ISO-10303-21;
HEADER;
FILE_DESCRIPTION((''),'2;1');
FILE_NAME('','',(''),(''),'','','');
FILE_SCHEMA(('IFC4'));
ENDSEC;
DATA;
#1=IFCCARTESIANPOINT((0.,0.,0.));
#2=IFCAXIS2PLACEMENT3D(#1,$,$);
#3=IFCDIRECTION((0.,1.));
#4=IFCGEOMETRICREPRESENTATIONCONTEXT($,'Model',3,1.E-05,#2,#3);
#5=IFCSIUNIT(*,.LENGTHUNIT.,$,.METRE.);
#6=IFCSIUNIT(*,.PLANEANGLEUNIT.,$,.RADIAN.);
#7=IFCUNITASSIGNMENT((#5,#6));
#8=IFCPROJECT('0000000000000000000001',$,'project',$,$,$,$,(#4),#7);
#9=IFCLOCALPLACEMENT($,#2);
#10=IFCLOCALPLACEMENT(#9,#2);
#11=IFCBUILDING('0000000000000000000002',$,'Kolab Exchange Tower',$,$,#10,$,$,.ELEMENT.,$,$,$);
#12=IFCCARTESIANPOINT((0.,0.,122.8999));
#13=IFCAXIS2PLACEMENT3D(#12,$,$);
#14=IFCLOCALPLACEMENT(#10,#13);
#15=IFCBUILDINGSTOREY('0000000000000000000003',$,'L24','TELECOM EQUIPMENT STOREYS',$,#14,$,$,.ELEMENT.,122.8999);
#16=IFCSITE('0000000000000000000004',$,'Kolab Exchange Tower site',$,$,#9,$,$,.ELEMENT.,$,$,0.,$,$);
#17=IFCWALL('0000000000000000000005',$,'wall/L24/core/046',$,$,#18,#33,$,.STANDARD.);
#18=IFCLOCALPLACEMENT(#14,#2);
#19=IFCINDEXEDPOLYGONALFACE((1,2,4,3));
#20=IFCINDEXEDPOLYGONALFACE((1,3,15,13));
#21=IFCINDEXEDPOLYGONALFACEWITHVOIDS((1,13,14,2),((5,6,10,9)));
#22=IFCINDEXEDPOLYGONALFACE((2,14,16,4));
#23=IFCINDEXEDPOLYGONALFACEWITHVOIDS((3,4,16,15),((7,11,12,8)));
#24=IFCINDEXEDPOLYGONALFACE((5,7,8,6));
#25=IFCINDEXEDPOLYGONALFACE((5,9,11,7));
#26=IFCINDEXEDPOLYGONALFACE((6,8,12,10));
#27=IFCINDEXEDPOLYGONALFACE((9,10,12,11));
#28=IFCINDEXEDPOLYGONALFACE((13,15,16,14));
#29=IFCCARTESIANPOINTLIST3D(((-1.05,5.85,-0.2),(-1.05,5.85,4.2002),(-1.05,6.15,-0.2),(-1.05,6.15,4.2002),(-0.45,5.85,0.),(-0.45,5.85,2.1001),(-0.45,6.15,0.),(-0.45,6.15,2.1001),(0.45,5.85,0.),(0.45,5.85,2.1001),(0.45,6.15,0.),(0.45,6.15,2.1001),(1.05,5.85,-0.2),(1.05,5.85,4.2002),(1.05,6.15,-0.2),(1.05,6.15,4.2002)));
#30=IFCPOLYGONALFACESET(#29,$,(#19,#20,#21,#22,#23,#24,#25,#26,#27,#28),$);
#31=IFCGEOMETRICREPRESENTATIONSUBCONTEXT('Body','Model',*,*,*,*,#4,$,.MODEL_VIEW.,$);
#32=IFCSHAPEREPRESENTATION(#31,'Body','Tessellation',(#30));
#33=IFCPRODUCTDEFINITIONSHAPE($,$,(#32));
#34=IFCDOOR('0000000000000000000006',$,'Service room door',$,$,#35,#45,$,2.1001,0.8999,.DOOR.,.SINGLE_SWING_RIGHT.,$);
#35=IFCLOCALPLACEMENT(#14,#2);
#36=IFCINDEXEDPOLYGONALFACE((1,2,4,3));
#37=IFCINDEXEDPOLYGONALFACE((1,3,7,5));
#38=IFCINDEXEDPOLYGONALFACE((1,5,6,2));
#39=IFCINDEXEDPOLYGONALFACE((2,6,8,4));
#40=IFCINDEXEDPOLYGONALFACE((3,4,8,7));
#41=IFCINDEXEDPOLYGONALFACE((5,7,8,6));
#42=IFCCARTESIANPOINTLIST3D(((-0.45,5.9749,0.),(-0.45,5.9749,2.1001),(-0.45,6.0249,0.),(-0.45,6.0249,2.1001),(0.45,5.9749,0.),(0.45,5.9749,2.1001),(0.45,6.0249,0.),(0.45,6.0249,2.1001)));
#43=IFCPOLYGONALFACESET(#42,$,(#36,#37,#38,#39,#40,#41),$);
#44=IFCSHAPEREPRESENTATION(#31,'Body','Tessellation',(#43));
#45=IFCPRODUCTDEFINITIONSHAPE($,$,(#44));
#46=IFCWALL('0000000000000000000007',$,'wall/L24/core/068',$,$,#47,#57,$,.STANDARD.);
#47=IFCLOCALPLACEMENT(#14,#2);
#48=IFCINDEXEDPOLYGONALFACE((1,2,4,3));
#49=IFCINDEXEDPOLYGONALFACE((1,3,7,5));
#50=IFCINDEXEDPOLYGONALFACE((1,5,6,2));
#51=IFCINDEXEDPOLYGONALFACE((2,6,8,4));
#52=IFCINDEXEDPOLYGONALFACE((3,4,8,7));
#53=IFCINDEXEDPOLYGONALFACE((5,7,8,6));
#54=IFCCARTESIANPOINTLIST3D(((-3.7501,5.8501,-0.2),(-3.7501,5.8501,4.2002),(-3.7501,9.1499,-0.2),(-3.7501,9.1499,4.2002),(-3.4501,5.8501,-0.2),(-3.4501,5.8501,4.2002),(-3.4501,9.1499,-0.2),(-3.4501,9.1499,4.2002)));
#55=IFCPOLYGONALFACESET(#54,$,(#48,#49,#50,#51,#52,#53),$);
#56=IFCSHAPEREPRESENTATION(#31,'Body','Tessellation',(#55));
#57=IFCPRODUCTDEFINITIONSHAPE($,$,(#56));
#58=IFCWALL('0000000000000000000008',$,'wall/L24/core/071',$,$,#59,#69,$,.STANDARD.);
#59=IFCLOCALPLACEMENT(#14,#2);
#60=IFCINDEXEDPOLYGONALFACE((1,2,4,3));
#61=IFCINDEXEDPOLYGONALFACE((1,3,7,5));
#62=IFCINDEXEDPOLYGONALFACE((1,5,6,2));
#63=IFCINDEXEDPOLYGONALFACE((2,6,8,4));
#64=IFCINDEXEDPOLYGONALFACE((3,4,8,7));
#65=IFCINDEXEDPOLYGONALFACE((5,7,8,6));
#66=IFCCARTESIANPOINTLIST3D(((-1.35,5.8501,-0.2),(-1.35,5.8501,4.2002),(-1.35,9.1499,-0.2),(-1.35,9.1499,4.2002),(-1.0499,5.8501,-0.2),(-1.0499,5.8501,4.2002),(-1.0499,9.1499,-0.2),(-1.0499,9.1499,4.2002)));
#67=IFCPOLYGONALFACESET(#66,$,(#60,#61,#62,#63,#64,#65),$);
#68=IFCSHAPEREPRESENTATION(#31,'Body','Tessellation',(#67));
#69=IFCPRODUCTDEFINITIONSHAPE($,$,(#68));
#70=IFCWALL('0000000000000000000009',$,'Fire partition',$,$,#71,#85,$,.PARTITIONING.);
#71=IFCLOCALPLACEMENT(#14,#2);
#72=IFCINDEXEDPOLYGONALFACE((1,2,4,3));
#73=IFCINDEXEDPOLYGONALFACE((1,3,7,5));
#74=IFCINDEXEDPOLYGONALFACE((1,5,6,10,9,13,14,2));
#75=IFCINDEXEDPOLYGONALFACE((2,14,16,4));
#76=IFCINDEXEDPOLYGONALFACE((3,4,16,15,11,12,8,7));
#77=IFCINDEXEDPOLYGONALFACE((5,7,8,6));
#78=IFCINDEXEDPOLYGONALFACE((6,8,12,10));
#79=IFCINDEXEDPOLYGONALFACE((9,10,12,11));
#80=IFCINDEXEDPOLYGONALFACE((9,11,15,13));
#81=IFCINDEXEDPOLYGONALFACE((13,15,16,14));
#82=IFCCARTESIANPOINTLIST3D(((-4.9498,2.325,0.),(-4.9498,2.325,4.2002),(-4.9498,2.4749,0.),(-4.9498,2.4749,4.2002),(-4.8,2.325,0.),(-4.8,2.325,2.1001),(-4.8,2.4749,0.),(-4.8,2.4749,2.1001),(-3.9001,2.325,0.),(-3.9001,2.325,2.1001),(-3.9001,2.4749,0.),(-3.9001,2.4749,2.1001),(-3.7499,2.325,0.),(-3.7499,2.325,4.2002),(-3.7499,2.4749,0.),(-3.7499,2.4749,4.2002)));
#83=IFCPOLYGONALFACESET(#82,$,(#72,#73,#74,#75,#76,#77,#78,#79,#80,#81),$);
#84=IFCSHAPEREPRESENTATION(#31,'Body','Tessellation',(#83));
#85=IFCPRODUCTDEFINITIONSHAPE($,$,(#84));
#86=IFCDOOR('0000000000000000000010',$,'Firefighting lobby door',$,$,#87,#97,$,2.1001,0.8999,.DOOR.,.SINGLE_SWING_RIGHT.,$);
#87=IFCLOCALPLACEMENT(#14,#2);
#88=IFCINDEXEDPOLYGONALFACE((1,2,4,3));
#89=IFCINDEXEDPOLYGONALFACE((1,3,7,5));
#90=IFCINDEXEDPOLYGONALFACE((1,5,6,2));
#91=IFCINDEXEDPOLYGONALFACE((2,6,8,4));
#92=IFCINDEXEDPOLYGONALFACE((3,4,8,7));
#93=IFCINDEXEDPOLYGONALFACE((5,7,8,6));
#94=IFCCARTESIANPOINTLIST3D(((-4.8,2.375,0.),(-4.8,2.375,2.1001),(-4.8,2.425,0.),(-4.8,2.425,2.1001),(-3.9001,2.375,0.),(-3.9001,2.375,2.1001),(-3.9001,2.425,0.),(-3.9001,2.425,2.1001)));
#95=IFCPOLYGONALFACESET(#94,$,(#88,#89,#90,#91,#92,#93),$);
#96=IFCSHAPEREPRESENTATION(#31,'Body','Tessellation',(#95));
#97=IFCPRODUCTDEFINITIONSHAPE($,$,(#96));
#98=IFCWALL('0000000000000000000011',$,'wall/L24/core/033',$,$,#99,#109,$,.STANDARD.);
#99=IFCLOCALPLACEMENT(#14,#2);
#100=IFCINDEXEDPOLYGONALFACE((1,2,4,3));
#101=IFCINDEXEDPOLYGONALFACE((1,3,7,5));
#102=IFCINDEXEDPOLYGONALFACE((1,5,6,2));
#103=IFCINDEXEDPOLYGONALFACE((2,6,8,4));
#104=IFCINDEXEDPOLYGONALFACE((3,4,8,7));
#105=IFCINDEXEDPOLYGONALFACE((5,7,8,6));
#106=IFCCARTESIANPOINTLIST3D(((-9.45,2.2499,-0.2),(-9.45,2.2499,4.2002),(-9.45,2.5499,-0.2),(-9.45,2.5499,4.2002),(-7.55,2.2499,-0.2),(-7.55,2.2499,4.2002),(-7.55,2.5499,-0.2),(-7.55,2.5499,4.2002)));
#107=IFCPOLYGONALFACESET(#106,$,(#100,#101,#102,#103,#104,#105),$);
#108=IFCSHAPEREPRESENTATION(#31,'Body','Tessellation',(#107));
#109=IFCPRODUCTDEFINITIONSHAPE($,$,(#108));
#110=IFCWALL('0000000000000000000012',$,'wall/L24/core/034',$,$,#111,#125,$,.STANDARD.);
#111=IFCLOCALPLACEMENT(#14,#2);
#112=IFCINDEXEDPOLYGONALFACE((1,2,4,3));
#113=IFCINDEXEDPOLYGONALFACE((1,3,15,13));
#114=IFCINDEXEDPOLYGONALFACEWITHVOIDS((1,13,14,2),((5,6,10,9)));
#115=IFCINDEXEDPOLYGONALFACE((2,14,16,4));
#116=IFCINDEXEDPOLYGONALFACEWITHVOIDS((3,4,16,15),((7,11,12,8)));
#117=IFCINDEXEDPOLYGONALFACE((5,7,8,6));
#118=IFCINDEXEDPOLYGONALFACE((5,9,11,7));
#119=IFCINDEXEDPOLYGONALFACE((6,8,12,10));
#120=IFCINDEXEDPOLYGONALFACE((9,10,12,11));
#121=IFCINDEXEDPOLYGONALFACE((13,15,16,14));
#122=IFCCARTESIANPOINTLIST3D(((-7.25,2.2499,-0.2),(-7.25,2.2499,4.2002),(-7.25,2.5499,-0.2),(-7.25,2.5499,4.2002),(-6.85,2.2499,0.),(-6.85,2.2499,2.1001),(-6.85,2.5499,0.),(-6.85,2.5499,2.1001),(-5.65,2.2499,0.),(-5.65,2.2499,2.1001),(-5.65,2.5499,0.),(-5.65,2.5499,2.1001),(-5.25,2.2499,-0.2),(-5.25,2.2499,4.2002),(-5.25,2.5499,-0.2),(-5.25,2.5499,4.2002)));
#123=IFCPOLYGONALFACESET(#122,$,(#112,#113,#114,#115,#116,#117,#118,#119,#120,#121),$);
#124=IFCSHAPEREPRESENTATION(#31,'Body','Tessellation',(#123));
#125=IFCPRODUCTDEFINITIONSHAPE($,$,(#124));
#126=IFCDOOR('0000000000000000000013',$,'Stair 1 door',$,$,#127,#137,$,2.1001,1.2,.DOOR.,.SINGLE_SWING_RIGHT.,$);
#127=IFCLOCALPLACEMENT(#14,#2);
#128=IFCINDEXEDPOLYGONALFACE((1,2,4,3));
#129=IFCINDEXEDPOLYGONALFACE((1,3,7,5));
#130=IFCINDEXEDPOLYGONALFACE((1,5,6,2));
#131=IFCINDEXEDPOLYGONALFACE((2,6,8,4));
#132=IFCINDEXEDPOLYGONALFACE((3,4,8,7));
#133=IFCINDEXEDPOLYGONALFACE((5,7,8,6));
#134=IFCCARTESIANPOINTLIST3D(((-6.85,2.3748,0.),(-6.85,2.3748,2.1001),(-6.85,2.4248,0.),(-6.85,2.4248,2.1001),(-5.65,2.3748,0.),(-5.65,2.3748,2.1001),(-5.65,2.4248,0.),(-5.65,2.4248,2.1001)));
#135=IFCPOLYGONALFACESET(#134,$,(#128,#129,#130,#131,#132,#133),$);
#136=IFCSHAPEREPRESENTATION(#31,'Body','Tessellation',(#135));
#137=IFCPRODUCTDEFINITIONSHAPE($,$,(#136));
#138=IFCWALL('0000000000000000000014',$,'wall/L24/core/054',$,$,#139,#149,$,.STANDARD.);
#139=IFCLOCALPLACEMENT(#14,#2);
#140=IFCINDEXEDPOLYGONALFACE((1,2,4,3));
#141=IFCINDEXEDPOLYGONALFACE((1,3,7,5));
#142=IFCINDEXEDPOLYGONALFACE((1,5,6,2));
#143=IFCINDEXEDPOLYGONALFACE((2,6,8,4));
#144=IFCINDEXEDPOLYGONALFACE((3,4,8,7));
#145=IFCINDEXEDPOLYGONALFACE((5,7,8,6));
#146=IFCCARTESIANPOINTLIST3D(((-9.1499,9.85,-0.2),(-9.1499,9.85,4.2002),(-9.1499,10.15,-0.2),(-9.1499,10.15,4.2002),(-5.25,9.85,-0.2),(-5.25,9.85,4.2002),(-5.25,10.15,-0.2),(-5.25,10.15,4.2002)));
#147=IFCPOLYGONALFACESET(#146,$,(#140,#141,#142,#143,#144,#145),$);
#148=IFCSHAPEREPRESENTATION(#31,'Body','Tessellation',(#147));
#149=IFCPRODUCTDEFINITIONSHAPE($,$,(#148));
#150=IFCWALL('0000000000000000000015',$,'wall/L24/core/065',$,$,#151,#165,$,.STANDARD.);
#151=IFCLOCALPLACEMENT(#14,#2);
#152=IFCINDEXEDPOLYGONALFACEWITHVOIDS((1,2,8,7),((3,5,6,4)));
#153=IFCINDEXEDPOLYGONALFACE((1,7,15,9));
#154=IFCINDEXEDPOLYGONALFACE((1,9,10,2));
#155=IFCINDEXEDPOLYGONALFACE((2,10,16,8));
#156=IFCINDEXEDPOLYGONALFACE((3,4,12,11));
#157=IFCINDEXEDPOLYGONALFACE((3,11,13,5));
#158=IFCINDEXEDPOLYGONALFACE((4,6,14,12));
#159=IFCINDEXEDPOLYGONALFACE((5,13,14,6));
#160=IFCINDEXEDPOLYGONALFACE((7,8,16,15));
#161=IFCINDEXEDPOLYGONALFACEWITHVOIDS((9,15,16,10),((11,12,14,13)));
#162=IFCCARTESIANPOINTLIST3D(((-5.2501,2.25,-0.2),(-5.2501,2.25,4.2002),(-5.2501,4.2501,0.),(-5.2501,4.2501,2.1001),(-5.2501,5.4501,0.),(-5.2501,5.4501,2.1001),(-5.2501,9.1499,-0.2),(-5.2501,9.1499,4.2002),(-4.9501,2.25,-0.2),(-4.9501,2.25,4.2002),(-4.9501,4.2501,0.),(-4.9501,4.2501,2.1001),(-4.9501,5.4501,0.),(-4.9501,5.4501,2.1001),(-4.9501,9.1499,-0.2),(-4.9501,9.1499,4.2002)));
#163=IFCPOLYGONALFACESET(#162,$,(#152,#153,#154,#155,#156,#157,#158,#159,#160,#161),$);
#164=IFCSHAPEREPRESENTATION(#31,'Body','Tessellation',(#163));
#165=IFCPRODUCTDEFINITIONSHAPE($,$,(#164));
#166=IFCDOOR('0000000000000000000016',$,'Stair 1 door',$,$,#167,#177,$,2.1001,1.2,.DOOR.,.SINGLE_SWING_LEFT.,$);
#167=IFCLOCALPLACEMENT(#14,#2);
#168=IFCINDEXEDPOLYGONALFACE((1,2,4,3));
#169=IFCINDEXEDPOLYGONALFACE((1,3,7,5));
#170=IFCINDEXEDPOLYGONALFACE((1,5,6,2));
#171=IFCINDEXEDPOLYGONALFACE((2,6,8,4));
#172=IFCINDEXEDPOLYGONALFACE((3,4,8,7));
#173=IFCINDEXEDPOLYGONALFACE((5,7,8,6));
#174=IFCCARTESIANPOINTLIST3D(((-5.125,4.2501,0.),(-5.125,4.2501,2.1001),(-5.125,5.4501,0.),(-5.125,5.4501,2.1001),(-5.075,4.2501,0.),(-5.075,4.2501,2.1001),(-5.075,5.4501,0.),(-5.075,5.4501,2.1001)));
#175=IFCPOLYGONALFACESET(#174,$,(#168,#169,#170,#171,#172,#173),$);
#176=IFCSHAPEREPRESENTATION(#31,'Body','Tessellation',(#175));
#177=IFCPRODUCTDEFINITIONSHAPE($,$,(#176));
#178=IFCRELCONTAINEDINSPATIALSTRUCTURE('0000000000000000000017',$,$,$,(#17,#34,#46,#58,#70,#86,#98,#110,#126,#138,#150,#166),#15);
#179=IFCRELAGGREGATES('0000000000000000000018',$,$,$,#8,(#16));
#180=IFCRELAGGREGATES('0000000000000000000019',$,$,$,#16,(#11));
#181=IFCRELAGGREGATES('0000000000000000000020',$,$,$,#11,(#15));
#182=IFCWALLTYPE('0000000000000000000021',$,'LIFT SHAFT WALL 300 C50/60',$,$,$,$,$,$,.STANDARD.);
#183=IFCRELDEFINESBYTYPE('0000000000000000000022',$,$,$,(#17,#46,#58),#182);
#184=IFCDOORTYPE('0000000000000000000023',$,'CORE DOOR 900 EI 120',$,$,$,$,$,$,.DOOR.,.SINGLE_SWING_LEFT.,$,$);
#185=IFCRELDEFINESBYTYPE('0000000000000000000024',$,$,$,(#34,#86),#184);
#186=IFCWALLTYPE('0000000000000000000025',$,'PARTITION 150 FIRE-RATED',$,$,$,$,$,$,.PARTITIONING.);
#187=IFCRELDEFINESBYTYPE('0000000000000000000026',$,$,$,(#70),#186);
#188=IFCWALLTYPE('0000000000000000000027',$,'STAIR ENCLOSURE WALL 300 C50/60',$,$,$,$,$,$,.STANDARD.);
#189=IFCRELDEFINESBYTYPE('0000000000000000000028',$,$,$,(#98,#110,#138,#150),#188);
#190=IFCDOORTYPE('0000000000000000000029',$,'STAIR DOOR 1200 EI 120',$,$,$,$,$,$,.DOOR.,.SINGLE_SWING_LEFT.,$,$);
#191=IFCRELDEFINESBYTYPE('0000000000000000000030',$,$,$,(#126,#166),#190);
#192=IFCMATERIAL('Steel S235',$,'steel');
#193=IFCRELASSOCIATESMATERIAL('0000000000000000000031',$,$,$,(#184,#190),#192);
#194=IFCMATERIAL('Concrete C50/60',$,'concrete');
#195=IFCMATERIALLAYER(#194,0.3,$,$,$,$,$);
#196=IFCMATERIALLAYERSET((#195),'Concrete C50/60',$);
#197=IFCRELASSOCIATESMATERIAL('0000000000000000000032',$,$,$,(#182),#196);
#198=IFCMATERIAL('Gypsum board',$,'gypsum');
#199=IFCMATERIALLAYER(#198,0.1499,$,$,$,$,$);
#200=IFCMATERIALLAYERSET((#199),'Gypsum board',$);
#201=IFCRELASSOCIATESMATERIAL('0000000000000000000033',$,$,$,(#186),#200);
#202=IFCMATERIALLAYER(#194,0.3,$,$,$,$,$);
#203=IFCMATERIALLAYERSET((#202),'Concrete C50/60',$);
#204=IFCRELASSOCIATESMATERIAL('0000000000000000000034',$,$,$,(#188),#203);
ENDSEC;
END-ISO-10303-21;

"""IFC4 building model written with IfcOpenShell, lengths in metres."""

from ifc_helpers import new_model, si_unit, direction, frame, frame_2d, origin, place, context, subcontext, project, spatial, rectangle, extrude, material, layer, layer_set, type_object, element, fill, save


model = new_model("IFC4")

# Units and contexts
model_context = context("Model", 3, precision=1e-05, world=origin(), true_north=direction((0.0, 1.0)))
body_context = subcontext(model_context, "Body", "Model", "MODEL_VIEW")
ifc_project = project(units=[si_unit("LENGTHUNIT", "METRE"), si_unit("PLANEANGLEUNIT", "RADIAN")], contexts=[model_context])

# Site, building, storey
site_placement = place(None, origin())
site = spatial("IfcSite", under=ifc_project, at=site_placement, Name="Kolab Exchange Tower site", CompositionType="ELEMENT", RefElevation=0.0)
building_placement = place(site_placement, origin())
building = spatial("IfcBuilding", under=site, at=building_placement, Name="Kolab Exchange Tower", CompositionType="ELEMENT")
storey_placement = place(building_placement, frame((0.0, 0.0, 122.8999)))
storey = spatial("IfcBuildingStorey", under=building, at=storey_placement, Name="L24", Description="TELECOM EQUIPMENT STOREYS", CompositionType="ELEMENT", Elevation=122.8999)

# Shared definitions
ifc_material_1 = material(Name="Steel S235", Category="steel")
door_type_1 = type_object("IfcDoorType", Name="CORE DOOR 900 EI 120", OperationType="SINGLE_SWING_LEFT", PredefinedType="DOOR", material=ifc_material_1)

# Shared definitions
ifc_material_2 = material(Name="Concrete C50/60", Category="concrete")
ifc_layer_1 = layer(ifc_material_2, 0.3)
ifc_layer_set_1 = layer_set([ifc_layer_1], Name="Concrete C50/60")
wall_type_1 = type_object("IfcWallType", Name="LIFT SHAFT WALL 300 C50/60", PredefinedType="STANDARD", material=ifc_layer_set_1)

# Wall, opening, door
wall_1_placement = place(storey_placement, frame((-1.05, 6.0, -0.2), z_axis=(0.0, 0.0, 1.0), x_axis=(1.0, 0.0, 0.0)))
wall_1 = element("IfcWall", 1, at=wall_1_placement, inside=storey, type_object=wall_type_1, Name="wall/L24/core/046", PredefinedType="STANDARD", context=body_context, shape_type="SweptSolid", body=[
    extrude(rectangle(XDim=2.1001, YDim=0.3, at=frame_2d((1.05, 0.0))), origin(), (0.0, 0.0, 1.0), 4.4001),
])
opening_1_placement = place(wall_1_placement, frame((0.6001, 0.0, 0.2)))
opening_1 = element("IfcOpeningElement", 2, at=opening_1_placement, cuts=wall_1, PredefinedType="OPENING", context=body_context, shape_type="SweptSolid", body=[
    extrude(rectangle(XDim=0.8999, YDim=2.1001, at=frame_2d((0.45, 1.05))), frame((0.0, 0.1602, 0.0), z_axis=(0.0, -1.0, 0.0), x_axis=(1.0, 0.0, 0.0)), (0.0, 0.0, 1.0), 0.3201),
])
door_1_placement = place(opening_1_placement, origin())
door_1 = element("IfcDoor", 3, at=door_1_placement, inside=storey, type_object=door_type_1, Name="Service room door", OperationType="SINGLE_SWING_RIGHT", OverallHeight=2.1001, OverallWidth=0.8999, PredefinedType="DOOR", context=body_context, shape_type="SweptSolid", body=[
    extrude(rectangle(XDim=0.8999, YDim=2.1001, at=frame_2d((0.45, 1.05))), frame((0.0, 0.0249, 0.0), z_axis=(0.0, -1.0, 0.0), x_axis=(1.0, 0.0, 0.0)), (0.0, 0.0, 1.0), 0.05),
])
fill(opening_1, door_1)

# Walls
for number, where, z_axis, x_axis, name in (
    (4, (-3.6001, 5.8501, -0.2), (0.0, 0.0, 1.0), (0.0, 1.0, 0.0), "wall/L24/core/068"),
    (5, (-1.2, 5.8501, -0.2), (0.0, 0.0, 1.0), (0.0, 1.0, 0.0), "wall/L24/core/071"),
):
    element("IfcWall", number, at=place(storey_placement, frame(where, z_axis=z_axis, x_axis=x_axis)), inside=storey, type_object=wall_type_1, Name=name, PredefinedType="STANDARD", context=body_context, shape_type="SweptSolid", body=[
        extrude(rectangle(XDim=3.2998, YDim=0.3, at=frame_2d((1.6499, 0.0))), origin(), (0.0, 0.0, 1.0), 4.4001),
    ])

# Wall, opening, door
ifc_material_3 = material(Name="Gypsum board", Category="gypsum")
ifc_layer_2 = layer(ifc_material_3, 0.1499)
ifc_layer_set_2 = layer_set([ifc_layer_2], Name="Gypsum board")
wall_type_2 = type_object("IfcWallType", Name="PARTITION 150 FIRE-RATED", PredefinedType="PARTITIONING", material=ifc_layer_set_2)
wall_2_placement = place(storey_placement, frame((-4.95, 2.3999, 0.0), z_axis=(0.0, 0.0, 1.0), x_axis=(1.0, 0.0, 0.0)))
wall_2 = element("IfcWall", 6, at=wall_2_placement, inside=storey, type_object=wall_type_2, Name="Fire partition", PredefinedType="PARTITIONING", context=body_context, shape_type="SweptSolid", body=[
    extrude(rectangle(XDim=1.2, YDim=0.1499, at=frame_2d((0.6001, 0.0))), origin(), (0.0, 0.0, 1.0), 4.2002),
])
opening_2_placement = place(wall_2_placement, frame((0.1499, 0.0, 0.0)))
opening_2 = element("IfcOpeningElement", 7, at=opening_2_placement, cuts=wall_2, PredefinedType="OPENING", context=body_context, shape_type="SweptSolid", body=[
    extrude(rectangle(XDim=0.8999, YDim=2.1001, at=frame_2d((0.45, 1.05))), frame((0.0, 0.085, 0.0), z_axis=(0.0, -1.0, 0.0), x_axis=(1.0, 0.0, 0.0)), (0.0, 0.0, 1.0), 0.1699),
])
door_2_placement = place(opening_2_placement, frame((0.8999, 0.0, 0.0), z_axis=(0.0, 0.0, 1.0), x_axis=(-1.0, 0.0, 0.0)))
door_2 = element("IfcDoor", 8, at=door_2_placement, inside=storey, type_object=door_type_1, Name="Firefighting lobby door", OperationType="SINGLE_SWING_RIGHT", OverallHeight=2.1001, OverallWidth=0.8999, PredefinedType="DOOR", context=body_context, shape_type="SweptSolid", body=[
    extrude(rectangle(XDim=0.8999, YDim=2.1001, at=frame_2d((0.45, 1.05))), frame((0.0, 0.0249, 0.0), z_axis=(0.0, -1.0, 0.0), x_axis=(1.0, 0.0, 0.0)), (0.0, 0.0, 1.0), 0.05),
])
fill(opening_2, door_2)

# Wall
ifc_layer_3 = layer(ifc_material_2, 0.3)
ifc_layer_set_3 = layer_set([ifc_layer_3], Name="Concrete C50/60")
wall_type_3 = type_object("IfcWallType", Name="STAIR ENCLOSURE WALL 300 C50/60", PredefinedType="STANDARD", material=ifc_layer_set_3)
wall_3_placement = place(storey_placement, frame((-9.45, 2.3999, -0.2), z_axis=(0.0, 0.0, 1.0), x_axis=(1.0, 0.0, 0.0)))
element("IfcWall", 9, at=wall_3_placement, inside=storey, type_object=wall_type_3, Name="wall/L24/core/033", PredefinedType="STANDARD", context=body_context, shape_type="SweptSolid", body=[
    extrude(rectangle(XDim=1.8999, YDim=0.3, at=frame_2d((0.95, 0.0))), origin(), (0.0, 0.0, 1.0), 4.4001),
])

# Wall, opening, door
wall_4_placement = place(storey_placement, frame((-7.25, 2.3999, -0.2), z_axis=(0.0, 0.0, 1.0), x_axis=(1.0, 0.0, 0.0)))
wall_4 = element("IfcWall", 10, at=wall_4_placement, inside=storey, type_object=wall_type_3, Name="wall/L24/core/034", PredefinedType="STANDARD", context=body_context, shape_type="SweptSolid", body=[
    extrude(rectangle(XDim=2.0, YDim=0.3, at=frame_2d((1.0, 0.0))), origin(), (0.0, 0.0, 1.0), 4.4001),
])
opening_3_placement = place(wall_4_placement, frame((0.3999, 0.0, 0.2)))
opening_3 = element("IfcOpeningElement", 11, at=opening_3_placement, cuts=wall_4, PredefinedType="OPENING", context=body_context, shape_type="SweptSolid", body=[
    extrude(rectangle(XDim=1.2, YDim=2.1001, at=frame_2d((0.6001, 1.05))), frame((0.0, 0.1602, 0.0), z_axis=(0.0, -1.0, 0.0), x_axis=(1.0, 0.0, 0.0)), (0.0, 0.0, 1.0), 0.3201),
])
door_type_2 = type_object("IfcDoorType", Name="STAIR DOOR 1200 EI 120", OperationType="SINGLE_SWING_LEFT", PredefinedType="DOOR", material=ifc_material_1)
door_3_placement = place(opening_3_placement, origin())
door_3 = element("IfcDoor", 12, at=door_3_placement, inside=storey, type_object=door_type_2, Name="Stair 1 door", OperationType="SINGLE_SWING_RIGHT", OverallHeight=2.1001, OverallWidth=1.2, PredefinedType="DOOR", context=body_context, shape_type="SweptSolid", body=[
    extrude(rectangle(XDim=1.2, YDim=2.1001, at=frame_2d((0.6001, 1.05))), frame((0.0, 0.0249, 0.0), z_axis=(0.0, -1.0, 0.0), x_axis=(1.0, 0.0, 0.0)), (0.0, 0.0, 1.0), 0.05),
])
fill(opening_3, door_3)

# Wall
wall_5_placement = place(storey_placement, frame((-9.1499, 10.0, -0.2), z_axis=(0.0, 0.0, 1.0), x_axis=(1.0, 0.0, 0.0)))
element("IfcWall", 13, at=wall_5_placement, inside=storey, type_object=wall_type_3, Name="wall/L24/core/054", PredefinedType="STANDARD", context=body_context, shape_type="SweptSolid", body=[
    extrude(rectangle(XDim=3.8999, YDim=0.3, at=frame_2d((1.95, 0.0))), origin(), (0.0, 0.0, 1.0), 4.4001),
])

# Wall, opening, door
wall_6_placement = place(storey_placement, frame((-5.1001, 2.25, -0.2), z_axis=(0.0, 0.0, 1.0), x_axis=(0.0, 1.0, 0.0)))
wall_6 = element("IfcWall", 14, at=wall_6_placement, inside=storey, type_object=wall_type_3, Name="wall/L24/core/065", PredefinedType="STANDARD", context=body_context, shape_type="SweptSolid", body=[
    extrude(rectangle(XDim=6.8999, YDim=0.3, at=frame_2d((3.45, 0.0))), origin(), (0.0, 0.0, 1.0), 4.4001),
])
opening_4_placement = place(wall_6_placement, frame((2.0, 0.0, 0.2)))
opening_4 = element("IfcOpeningElement", 15, at=opening_4_placement, cuts=wall_6, PredefinedType="OPENING", context=body_context, shape_type="SweptSolid", body=[
    extrude(rectangle(XDim=1.2, YDim=2.1001, at=frame_2d((0.6001, 1.05))), frame((0.0, 0.1602, 0.0), z_axis=(0.0, -1.0, 0.0), x_axis=(1.0, 0.0, 0.0)), (0.0, 0.0, 1.0), 0.3201),
])
door_4_placement = place(opening_4_placement, origin())
door_4 = element("IfcDoor", 16, at=door_4_placement, inside=storey, type_object=door_type_2, Name="Stair 1 door", OperationType="SINGLE_SWING_LEFT", OverallHeight=2.1001, OverallWidth=1.2, PredefinedType="DOOR", context=body_context, shape_type="SweptSolid", body=[
    extrude(rectangle(XDim=1.2, YDim=2.1001, at=frame_2d((0.6001, 1.05))), frame((0.0, 0.0249, 0.0), z_axis=(0.0, -1.0, 0.0), x_axis=(1.0, 0.0, 0.0)), (0.0, 0.0, 1.0), 0.05),
])
fill(opening_4, door_4)

save(model, "model.ifc")
